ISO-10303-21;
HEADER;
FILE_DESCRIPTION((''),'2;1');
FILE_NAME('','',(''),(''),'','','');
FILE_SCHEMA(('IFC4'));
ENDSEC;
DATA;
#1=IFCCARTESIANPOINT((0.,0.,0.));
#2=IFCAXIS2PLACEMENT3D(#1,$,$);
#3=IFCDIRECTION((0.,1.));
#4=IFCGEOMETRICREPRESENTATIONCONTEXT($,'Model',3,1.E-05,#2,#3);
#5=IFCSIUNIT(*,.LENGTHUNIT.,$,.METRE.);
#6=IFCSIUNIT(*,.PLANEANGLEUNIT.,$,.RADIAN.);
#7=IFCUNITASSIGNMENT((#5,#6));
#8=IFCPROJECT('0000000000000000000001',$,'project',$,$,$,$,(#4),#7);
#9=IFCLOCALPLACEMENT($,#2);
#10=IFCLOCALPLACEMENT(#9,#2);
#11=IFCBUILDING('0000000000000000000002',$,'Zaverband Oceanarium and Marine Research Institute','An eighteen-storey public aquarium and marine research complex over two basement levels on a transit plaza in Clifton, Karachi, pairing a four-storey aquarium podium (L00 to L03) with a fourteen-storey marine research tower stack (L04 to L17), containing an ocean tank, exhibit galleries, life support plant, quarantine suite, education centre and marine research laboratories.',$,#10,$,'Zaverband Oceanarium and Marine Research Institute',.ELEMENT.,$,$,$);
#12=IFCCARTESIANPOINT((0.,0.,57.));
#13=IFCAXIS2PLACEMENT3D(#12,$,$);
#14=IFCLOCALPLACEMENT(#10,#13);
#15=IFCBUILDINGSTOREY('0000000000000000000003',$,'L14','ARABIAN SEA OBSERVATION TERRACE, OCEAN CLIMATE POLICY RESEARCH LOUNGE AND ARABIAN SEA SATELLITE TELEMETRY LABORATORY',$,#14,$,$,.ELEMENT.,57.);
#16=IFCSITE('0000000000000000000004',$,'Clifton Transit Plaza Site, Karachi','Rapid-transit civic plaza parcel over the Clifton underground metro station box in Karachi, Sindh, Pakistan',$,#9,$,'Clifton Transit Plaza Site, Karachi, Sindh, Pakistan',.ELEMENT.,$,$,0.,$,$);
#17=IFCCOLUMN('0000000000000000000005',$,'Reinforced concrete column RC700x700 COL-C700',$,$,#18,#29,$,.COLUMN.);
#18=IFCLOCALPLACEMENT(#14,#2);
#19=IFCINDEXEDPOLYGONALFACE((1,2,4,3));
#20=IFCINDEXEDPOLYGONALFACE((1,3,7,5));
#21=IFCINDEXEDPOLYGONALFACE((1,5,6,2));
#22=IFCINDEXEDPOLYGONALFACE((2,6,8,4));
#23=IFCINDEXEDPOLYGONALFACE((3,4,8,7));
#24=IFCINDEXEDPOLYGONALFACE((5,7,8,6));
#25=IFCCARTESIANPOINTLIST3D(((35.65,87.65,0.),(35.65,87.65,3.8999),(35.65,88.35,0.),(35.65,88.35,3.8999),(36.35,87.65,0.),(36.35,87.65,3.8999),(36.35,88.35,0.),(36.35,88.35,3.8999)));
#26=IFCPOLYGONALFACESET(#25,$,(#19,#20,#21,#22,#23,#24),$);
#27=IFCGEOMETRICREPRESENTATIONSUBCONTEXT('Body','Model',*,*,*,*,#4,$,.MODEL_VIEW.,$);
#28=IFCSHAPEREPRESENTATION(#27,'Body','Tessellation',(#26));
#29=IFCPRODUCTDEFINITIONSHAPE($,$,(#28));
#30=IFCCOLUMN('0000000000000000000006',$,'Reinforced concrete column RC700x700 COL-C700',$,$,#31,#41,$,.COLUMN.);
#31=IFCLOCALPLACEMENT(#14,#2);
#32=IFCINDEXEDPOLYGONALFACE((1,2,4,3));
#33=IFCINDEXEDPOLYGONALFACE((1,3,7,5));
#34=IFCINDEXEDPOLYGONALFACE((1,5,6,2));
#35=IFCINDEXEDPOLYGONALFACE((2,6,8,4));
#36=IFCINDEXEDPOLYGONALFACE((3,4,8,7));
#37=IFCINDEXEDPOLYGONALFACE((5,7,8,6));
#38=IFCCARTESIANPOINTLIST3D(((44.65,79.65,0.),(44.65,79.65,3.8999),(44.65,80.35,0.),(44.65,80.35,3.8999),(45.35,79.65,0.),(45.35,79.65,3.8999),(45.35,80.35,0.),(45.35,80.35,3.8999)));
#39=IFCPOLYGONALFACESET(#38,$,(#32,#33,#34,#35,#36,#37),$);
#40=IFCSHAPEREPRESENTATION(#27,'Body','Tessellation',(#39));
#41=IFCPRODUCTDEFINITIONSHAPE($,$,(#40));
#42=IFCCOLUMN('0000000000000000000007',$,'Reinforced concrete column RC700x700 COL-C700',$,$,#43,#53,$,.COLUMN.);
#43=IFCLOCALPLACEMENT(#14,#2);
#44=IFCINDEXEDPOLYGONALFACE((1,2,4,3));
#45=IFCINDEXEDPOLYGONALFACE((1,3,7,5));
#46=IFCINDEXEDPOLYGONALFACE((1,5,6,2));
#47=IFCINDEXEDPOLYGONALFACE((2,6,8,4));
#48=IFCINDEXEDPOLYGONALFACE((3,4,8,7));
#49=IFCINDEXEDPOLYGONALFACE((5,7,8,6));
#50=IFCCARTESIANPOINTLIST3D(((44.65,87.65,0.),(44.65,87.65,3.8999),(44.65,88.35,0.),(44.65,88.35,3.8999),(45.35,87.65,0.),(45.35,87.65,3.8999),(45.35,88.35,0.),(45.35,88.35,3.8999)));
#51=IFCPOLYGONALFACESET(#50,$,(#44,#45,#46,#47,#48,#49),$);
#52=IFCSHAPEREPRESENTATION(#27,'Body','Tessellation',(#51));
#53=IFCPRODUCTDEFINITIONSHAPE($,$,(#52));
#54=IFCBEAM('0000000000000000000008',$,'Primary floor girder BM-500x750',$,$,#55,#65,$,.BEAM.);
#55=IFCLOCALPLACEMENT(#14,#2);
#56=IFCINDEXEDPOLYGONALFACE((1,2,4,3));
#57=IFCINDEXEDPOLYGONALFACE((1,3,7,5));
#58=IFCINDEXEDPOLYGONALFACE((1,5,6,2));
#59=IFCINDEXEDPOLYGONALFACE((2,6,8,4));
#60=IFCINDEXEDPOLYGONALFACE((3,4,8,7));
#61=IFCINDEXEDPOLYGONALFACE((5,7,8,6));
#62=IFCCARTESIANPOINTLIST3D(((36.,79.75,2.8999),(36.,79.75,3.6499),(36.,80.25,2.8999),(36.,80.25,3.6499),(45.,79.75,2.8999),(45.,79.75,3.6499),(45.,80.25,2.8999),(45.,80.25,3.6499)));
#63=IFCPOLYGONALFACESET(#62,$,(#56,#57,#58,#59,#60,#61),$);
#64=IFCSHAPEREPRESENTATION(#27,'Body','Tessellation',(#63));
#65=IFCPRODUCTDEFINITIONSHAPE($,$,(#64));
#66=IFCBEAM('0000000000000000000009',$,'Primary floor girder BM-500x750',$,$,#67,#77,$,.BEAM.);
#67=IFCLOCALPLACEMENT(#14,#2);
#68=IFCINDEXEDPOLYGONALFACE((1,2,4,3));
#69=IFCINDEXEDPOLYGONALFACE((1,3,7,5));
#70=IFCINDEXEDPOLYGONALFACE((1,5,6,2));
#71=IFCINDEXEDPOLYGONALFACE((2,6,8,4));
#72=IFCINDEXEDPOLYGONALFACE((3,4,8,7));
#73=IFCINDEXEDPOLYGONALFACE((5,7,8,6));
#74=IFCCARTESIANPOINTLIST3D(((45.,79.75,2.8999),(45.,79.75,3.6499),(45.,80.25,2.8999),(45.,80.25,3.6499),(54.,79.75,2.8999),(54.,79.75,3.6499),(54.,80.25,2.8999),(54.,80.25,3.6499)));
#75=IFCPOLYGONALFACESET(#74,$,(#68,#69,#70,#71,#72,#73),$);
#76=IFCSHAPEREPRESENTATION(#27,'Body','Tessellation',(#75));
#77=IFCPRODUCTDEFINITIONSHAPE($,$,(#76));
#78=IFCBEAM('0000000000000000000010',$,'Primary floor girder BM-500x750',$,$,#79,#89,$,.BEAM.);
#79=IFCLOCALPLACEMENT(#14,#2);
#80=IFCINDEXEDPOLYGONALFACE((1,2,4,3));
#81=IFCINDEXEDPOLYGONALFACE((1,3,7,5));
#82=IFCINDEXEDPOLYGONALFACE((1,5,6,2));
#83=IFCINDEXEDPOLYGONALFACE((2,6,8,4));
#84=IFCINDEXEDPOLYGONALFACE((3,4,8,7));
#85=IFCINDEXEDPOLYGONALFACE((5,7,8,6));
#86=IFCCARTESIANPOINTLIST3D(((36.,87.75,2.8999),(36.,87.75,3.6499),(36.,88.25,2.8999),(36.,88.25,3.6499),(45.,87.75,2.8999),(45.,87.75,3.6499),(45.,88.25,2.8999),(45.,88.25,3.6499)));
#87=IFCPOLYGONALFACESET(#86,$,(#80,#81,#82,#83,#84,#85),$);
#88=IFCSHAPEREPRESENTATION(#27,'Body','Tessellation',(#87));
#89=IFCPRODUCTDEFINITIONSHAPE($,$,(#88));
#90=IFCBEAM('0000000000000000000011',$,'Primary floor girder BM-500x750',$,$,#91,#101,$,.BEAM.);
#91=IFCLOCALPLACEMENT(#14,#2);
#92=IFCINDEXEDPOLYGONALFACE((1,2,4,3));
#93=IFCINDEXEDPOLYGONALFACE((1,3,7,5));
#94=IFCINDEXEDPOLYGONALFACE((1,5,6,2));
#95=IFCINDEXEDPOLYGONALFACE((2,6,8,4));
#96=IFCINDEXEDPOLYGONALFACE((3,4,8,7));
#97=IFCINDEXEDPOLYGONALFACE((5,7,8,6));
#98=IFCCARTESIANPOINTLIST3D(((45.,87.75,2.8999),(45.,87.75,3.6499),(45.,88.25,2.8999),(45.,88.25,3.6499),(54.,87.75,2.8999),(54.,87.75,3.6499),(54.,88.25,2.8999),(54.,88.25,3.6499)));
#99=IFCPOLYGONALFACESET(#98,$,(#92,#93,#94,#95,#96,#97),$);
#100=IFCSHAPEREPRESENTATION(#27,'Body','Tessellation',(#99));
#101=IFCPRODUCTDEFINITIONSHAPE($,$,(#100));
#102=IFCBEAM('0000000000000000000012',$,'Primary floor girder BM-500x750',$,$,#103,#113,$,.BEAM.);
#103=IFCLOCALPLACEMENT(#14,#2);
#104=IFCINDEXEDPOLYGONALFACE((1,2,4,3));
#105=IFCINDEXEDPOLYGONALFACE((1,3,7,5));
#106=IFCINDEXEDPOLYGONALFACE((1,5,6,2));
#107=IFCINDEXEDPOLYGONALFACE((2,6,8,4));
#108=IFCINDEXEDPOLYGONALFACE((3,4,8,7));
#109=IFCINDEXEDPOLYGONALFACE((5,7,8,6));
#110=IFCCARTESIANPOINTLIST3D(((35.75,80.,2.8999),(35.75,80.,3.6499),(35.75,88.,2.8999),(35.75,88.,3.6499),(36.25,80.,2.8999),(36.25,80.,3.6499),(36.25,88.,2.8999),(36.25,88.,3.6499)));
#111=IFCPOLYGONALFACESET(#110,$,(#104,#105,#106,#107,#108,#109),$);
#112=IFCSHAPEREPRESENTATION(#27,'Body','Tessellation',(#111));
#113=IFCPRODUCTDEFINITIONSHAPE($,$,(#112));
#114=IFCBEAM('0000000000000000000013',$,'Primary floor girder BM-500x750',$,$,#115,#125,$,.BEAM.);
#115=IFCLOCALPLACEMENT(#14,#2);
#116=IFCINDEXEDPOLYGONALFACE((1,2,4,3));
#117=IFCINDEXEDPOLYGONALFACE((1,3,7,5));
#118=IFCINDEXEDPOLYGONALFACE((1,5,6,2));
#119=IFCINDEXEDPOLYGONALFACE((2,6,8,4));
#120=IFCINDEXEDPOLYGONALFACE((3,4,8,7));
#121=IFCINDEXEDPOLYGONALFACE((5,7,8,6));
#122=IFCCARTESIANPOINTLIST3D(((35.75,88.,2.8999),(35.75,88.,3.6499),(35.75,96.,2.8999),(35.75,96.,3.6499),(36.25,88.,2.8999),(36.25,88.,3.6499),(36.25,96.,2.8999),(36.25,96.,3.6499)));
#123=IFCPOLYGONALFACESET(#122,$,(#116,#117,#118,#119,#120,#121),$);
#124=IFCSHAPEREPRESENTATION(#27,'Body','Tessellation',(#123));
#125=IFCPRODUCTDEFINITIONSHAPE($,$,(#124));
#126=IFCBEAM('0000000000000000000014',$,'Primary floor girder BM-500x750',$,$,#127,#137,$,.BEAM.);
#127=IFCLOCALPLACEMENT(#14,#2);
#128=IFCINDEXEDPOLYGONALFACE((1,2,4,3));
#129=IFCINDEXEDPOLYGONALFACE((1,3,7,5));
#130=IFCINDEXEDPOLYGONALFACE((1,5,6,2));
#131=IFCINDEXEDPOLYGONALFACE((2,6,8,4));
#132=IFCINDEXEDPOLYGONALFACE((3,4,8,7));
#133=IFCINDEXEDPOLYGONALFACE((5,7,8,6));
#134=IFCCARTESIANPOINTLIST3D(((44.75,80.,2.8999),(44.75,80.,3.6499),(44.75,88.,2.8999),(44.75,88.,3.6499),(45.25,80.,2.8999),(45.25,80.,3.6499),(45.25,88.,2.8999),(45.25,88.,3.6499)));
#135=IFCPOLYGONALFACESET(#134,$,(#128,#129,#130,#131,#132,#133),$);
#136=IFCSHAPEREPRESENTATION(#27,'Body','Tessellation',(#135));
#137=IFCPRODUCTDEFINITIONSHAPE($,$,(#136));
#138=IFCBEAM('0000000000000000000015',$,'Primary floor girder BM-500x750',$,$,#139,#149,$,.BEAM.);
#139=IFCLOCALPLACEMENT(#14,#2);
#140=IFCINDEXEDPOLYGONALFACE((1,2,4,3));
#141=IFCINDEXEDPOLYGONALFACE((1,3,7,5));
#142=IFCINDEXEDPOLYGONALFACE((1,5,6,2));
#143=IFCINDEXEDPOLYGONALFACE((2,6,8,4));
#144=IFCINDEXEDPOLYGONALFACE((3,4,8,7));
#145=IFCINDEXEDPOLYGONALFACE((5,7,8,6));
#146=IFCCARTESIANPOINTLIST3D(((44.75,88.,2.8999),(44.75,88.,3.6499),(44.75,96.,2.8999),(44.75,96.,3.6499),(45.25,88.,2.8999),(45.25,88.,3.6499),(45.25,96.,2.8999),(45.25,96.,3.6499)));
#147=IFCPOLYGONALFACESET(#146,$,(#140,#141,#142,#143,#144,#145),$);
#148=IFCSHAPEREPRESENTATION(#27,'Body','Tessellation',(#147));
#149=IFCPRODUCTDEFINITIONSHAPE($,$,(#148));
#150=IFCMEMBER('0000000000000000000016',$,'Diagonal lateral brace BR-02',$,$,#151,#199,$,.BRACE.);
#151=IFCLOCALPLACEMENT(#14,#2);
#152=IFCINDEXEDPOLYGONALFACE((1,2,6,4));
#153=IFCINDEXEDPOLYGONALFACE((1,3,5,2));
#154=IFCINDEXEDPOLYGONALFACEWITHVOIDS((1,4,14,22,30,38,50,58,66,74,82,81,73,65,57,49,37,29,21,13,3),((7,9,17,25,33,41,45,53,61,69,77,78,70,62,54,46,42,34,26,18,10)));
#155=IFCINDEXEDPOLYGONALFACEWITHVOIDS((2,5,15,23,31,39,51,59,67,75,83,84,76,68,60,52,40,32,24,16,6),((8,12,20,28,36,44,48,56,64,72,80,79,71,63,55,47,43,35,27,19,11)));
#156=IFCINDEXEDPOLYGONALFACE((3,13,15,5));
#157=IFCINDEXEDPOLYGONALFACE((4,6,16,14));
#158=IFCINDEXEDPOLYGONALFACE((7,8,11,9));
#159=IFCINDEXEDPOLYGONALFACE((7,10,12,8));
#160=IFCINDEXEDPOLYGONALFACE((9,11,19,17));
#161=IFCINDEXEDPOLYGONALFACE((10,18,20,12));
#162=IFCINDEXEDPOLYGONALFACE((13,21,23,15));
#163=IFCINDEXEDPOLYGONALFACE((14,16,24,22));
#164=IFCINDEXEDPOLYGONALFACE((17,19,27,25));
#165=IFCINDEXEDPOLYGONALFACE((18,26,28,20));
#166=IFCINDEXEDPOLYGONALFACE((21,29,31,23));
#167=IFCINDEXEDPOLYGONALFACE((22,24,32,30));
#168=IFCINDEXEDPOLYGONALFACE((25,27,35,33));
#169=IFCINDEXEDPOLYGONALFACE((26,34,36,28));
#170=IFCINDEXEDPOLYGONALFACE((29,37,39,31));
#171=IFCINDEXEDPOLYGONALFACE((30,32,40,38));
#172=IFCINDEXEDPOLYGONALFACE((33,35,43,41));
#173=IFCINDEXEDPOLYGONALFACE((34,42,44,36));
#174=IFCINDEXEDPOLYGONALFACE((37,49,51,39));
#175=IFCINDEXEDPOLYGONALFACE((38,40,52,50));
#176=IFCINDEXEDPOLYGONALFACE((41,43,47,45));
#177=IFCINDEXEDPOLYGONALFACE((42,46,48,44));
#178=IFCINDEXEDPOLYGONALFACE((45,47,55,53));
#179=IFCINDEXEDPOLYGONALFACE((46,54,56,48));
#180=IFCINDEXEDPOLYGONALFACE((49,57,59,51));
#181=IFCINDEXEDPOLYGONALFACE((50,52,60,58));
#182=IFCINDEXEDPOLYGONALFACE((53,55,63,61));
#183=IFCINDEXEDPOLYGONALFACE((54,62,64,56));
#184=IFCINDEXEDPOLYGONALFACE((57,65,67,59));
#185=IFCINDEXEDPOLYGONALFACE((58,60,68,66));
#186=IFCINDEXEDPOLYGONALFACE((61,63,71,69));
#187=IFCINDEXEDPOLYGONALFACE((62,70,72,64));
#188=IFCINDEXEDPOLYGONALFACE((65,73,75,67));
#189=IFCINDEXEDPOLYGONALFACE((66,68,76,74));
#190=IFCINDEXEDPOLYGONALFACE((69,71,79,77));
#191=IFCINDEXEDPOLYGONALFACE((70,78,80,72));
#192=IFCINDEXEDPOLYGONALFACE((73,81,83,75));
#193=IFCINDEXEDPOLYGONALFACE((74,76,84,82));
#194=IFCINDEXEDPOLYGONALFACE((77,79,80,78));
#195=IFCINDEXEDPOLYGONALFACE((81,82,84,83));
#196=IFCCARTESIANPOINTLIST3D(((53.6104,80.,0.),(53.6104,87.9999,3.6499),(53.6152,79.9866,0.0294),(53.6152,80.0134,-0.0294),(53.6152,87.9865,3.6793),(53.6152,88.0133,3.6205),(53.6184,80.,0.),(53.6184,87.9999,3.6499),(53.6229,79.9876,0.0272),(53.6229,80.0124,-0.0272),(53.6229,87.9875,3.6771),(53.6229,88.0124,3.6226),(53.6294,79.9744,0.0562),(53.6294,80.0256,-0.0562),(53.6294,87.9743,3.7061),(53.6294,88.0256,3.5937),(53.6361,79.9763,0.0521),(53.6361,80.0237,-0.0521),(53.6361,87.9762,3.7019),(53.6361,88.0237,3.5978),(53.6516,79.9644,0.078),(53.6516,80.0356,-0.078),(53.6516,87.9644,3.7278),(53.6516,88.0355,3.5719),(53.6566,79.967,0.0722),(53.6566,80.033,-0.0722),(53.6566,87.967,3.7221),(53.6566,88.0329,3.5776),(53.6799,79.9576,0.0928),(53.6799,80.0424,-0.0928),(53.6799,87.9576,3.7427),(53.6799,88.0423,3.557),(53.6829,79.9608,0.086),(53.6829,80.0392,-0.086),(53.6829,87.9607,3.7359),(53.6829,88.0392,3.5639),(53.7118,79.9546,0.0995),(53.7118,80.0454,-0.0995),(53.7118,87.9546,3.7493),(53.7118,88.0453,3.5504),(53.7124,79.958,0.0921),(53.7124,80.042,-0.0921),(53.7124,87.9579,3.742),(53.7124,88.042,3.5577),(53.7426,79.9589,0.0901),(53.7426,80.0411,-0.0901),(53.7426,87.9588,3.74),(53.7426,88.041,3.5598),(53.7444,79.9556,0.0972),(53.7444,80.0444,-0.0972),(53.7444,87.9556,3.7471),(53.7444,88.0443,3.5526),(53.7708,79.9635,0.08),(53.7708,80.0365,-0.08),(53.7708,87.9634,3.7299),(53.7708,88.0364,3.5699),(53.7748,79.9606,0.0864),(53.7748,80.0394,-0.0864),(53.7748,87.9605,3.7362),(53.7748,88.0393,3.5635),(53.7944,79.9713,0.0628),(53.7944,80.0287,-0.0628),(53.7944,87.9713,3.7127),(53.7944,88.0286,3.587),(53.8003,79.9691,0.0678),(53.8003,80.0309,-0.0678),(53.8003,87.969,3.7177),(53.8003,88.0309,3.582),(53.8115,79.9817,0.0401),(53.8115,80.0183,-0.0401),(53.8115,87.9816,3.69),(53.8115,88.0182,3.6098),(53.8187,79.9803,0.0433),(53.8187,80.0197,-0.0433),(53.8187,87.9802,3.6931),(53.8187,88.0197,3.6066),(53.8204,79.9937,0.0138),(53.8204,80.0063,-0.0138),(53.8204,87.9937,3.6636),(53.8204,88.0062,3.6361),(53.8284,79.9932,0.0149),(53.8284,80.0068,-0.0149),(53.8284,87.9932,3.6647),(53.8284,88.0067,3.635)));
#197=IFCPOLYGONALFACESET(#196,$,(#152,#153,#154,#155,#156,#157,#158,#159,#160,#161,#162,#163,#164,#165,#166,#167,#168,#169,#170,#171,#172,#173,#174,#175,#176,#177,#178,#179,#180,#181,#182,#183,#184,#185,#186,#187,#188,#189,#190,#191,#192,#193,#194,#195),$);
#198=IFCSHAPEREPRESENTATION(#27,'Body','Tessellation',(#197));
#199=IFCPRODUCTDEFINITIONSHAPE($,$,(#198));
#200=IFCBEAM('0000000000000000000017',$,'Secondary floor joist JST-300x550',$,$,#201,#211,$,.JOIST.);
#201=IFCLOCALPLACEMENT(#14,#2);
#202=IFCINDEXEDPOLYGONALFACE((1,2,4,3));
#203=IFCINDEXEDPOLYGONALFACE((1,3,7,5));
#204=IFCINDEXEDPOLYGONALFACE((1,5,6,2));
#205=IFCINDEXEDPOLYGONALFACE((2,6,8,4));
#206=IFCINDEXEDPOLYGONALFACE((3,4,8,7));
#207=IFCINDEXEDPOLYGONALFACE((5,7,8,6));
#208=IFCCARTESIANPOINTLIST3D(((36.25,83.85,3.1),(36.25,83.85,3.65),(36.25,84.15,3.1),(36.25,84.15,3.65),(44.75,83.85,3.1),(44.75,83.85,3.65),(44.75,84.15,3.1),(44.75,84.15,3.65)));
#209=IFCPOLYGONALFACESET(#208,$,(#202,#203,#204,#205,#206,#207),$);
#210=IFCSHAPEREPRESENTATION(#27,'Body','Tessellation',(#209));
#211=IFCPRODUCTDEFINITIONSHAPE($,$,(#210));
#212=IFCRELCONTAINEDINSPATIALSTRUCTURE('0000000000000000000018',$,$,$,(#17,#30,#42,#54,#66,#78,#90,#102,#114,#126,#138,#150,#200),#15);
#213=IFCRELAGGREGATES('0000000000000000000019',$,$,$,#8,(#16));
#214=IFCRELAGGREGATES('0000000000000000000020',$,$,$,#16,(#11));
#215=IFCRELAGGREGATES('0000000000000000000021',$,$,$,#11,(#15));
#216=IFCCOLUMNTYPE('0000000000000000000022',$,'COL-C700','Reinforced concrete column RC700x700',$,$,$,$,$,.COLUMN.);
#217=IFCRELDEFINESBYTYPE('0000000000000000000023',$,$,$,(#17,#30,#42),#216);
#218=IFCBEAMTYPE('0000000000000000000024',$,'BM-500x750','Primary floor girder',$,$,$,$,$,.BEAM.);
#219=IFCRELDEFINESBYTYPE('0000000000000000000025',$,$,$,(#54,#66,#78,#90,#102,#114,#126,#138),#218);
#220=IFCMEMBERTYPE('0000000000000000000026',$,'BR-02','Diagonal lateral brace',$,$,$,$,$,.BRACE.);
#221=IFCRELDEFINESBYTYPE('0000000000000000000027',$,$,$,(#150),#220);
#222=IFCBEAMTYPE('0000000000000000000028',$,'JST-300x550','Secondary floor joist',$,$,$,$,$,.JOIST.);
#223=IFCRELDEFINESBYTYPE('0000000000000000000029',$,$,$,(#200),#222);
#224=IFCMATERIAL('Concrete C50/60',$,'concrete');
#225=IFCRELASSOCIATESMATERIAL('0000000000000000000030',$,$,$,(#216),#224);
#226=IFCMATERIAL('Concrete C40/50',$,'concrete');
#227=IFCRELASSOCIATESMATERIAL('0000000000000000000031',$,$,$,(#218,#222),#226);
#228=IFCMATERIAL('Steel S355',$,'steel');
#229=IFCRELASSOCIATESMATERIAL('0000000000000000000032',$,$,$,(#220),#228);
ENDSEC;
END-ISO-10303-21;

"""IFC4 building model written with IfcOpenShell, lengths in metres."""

from ifc_helpers import new_model, si_unit, direction, frame, origin, origin_2d, place, context, subcontext, project, spatial, rectangle, hollow_circle, extrude, material, material_profile, profile_set, type_object, element, save


model = new_model("IFC4")

# Units and contexts
model_context = context("Model", 3, precision=1e-05, world=origin(), true_north=direction((0.0, 1.0)))
body_context = subcontext(model_context, "Body", "Model", "MODEL_VIEW")
ifc_project = project(units=[si_unit("LENGTHUNIT", "METRE"), si_unit("PLANEANGLEUNIT", "RADIAN")], contexts=[model_context])

# Site, building, storey
site_placement = place(None, origin())
site = spatial("IfcSite", under=ifc_project, at=site_placement, Name="Clifton Transit Plaza Site, Karachi", Description="Rapid-transit civic plaza parcel over the Clifton underground metro station box in Karachi, Sindh, Pakistan", LongName="Clifton Transit Plaza Site, Karachi, Sindh, Pakistan", CompositionType="ELEMENT", RefElevation=0.0)
building_placement = place(site_placement, origin())
building = spatial("IfcBuilding", under=site, at=building_placement, Name="Zaverband Oceanarium and Marine Research Institute", Description="An eighteen-storey public aquarium and marine research complex over two basement levels on a transit plaza in Clifton, Karachi, pairing a four-storey aquarium podium (L00 to L03) with a fourteen-storey marine research tower stack (L04 to L17), containing an ocean tank, exhibit galleries, life support plant, quarantine suite, education centre and marine research laboratories.", LongName="Zaverband Oceanarium and Marine Research Institute", CompositionType="ELEMENT")
storey_placement = place(building_placement, frame((0.0, 0.0, 57.0)))
storey = spatial("IfcBuildingStorey", under=building, at=storey_placement, Name="L14", Description="ARABIAN SEA OBSERVATION TERRACE, OCEAN CLIMATE POLICY RESEARCH LOUNGE AND ARABIAN SEA SATELLITE TELEMETRY LABORATORY", CompositionType="ELEMENT", Elevation=57.0)

# Columns
ifc_material_1 = material(Name="Concrete C50/60", Category="concrete")
ifc_material_profile_1 = material_profile(ifc_material_1, rectangle(XDim=0.7, YDim=0.7, at=origin_2d()), Name="RC700x700")
ifc_profile_set_1 = profile_set([ifc_material_profile_1], Name="Concrete C50/60")
column_type = type_object("IfcColumnType", Name="COL-C700", Description="Reinforced concrete column RC700x700", PredefinedType="COLUMN", material=ifc_profile_set_1)
for number, where, z_axis, x_axis, name in (
    (1, (36.0, 88.0, 0.0), (0.0, 0.0, 1.0), (1.0, 0.0, 0.0), "Reinforced concrete column RC700x700 COL-C700"),
    (2, (45.0, 80.0, 0.0), (0.0, 0.0, 1.0), (1.0, 0.0, 0.0), "Reinforced concrete column RC700x700 COL-C700"),
    (3, (45.0, 88.0, 0.0), (0.0, 0.0, 1.0), (1.0, 0.0, 0.0), "Reinforced concrete column RC700x700 COL-C700"),
):
    element("IfcColumn", number, at=place(storey_placement, frame(where, z_axis=z_axis, x_axis=x_axis)), inside=storey, type_object=column_type, Name=name, PredefinedType="COLUMN", context=body_context, shape_type="SweptSolid", body=[
        extrude(rectangle(XDim=0.7, YDim=0.7, at=origin_2d()), origin(), (0.0, 0.0, 1.0), 3.8999),
    ])

# Beams
ifc_material_2 = material(Name="Concrete C40/50", Category="concrete")
ifc_material_profile_2 = material_profile(ifc_material_2, rectangle(XDim=0.5, YDim=0.75, at=origin_2d()), Name="RC500x750")
ifc_profile_set_2 = profile_set([ifc_material_profile_2], Name="Concrete C40/50")
beam_type_1 = type_object("IfcBeamType", Name="BM-500x750", Description="Primary floor girder", PredefinedType="BEAM", material=ifc_profile_set_2)
for number, where, z_axis, x_axis, name in (
    (4, (36.0, 80.0, 3.2749), (1.0, 0.0, 0.0), (0.0, 1.0, 0.0), "Primary floor girder BM-500x750"),
    (5, (45.0, 80.0, 3.2749), (1.0, 0.0, 0.0), (0.0, 1.0, 0.0), "Primary floor girder BM-500x750"),
    (6, (36.0, 88.0, 3.2749), (1.0, 0.0, 0.0), (0.0, 1.0, 0.0), "Primary floor girder BM-500x750"),
    (7, (45.0, 88.0, 3.2749), (1.0, 0.0, 0.0), (0.0, 1.0, 0.0), "Primary floor girder BM-500x750"),
):
    element("IfcBeam", number, at=place(storey_placement, frame(where, z_axis=z_axis, x_axis=x_axis)), inside=storey, type_object=beam_type_1, Name=name, PredefinedType="BEAM", context=body_context, shape_type="SweptSolid", body=[
        extrude(rectangle(XDim=0.5, YDim=0.75, at=origin_2d()), origin(), (0.0, 0.0, 1.0), 9.0),
    ])
for number, where, z_axis, x_axis, name in (
    (8, (36.0, 80.0, 3.2749), (0.0, 1.0, 0.0), (-1.0, 0.0, 0.0), "Primary floor girder BM-500x750"),
    (9, (36.0, 88.0, 3.2749), (0.0, 1.0, 0.0), (-1.0, 0.0, 0.0), "Primary floor girder BM-500x750"),
    (10, (45.0, 80.0, 3.2749), (0.0, 1.0, 0.0), (-1.0, 0.0, 0.0), "Primary floor girder BM-500x750"),
    (11, (45.0, 88.0, 3.2749), (0.0, 1.0, 0.0), (-1.0, 0.0, 0.0), "Primary floor girder BM-500x750"),
):
    element("IfcBeam", number, at=place(storey_placement, frame(where, z_axis=z_axis, x_axis=x_axis)), inside=storey, type_object=beam_type_1, Name=name, PredefinedType="BEAM", context=body_context, shape_type="SweptSolid", body=[
        extrude(rectangle(XDim=0.5, YDim=0.75, at=origin_2d()), origin(), (0.0, 0.0, 1.0), 8.0),
    ])

# Member
ifc_material_3 = material(Name="Steel S355", Category="steel")
ifc_material_profile_3 = material_profile(ifc_material_3, hollow_circle(Radius=0.1096, WallThickness=0.0081, at=origin_2d()), Name="CHS219x8")
ifc_profile_set_3 = profile_set([ifc_material_profile_3], Name="Steel S355")
member_type = type_object("IfcMemberType", Name="BR-02", Description="Diagonal lateral brace", PredefinedType="BRACE", material=ifc_profile_set_3)
member_placement = place(storey_placement, frame((53.72, 80.0, 0.0), z_axis=(0.0, 0.909786, 0.415079), x_axis=(-1.0, 0.0, 0.0)))
element("IfcMember", 12, at=member_placement, inside=storey, type_object=member_type, Name="Diagonal lateral brace BR-02", PredefinedType="BRACE", context=body_context, shape_type="SweptSolid", body=[
    extrude(hollow_circle(Radius=0.1096, WallThickness=0.0081, at=origin_2d()), origin(), (0.0, 0.0, 1.0), 8.7932),
])

# Beam
ifc_material_profile_4 = material_profile(ifc_material_2, rectangle(XDim=0.3, YDim=0.55, at=origin_2d()), Name="RC300x550")
ifc_profile_set_4 = profile_set([ifc_material_profile_4], Name="Concrete C40/50")
beam_type_2 = type_object("IfcBeamType", Name="JST-300x550", Description="Secondary floor joist", PredefinedType="JOIST", material=ifc_profile_set_4)
for number, where, z_axis, x_axis, name in (
    (13, (36.25, 84.0, 3.375), (1.0, 0.0, 0.0), (0.0, 1.0, 0.0), "Secondary floor joist JST-300x550"),
):
    element("IfcBeam", number, at=place(storey_placement, frame(where, z_axis=z_axis, x_axis=x_axis)), inside=storey, type_object=beam_type_2, Name=name, PredefinedType="JOIST", context=body_context, shape_type="SweptSolid", body=[
        extrude(rectangle(XDim=0.3, YDim=0.55, at=origin_2d()), origin(), (0.0, 0.0, 1.0), 8.5),
    ])

save(model, "model.ifc")
